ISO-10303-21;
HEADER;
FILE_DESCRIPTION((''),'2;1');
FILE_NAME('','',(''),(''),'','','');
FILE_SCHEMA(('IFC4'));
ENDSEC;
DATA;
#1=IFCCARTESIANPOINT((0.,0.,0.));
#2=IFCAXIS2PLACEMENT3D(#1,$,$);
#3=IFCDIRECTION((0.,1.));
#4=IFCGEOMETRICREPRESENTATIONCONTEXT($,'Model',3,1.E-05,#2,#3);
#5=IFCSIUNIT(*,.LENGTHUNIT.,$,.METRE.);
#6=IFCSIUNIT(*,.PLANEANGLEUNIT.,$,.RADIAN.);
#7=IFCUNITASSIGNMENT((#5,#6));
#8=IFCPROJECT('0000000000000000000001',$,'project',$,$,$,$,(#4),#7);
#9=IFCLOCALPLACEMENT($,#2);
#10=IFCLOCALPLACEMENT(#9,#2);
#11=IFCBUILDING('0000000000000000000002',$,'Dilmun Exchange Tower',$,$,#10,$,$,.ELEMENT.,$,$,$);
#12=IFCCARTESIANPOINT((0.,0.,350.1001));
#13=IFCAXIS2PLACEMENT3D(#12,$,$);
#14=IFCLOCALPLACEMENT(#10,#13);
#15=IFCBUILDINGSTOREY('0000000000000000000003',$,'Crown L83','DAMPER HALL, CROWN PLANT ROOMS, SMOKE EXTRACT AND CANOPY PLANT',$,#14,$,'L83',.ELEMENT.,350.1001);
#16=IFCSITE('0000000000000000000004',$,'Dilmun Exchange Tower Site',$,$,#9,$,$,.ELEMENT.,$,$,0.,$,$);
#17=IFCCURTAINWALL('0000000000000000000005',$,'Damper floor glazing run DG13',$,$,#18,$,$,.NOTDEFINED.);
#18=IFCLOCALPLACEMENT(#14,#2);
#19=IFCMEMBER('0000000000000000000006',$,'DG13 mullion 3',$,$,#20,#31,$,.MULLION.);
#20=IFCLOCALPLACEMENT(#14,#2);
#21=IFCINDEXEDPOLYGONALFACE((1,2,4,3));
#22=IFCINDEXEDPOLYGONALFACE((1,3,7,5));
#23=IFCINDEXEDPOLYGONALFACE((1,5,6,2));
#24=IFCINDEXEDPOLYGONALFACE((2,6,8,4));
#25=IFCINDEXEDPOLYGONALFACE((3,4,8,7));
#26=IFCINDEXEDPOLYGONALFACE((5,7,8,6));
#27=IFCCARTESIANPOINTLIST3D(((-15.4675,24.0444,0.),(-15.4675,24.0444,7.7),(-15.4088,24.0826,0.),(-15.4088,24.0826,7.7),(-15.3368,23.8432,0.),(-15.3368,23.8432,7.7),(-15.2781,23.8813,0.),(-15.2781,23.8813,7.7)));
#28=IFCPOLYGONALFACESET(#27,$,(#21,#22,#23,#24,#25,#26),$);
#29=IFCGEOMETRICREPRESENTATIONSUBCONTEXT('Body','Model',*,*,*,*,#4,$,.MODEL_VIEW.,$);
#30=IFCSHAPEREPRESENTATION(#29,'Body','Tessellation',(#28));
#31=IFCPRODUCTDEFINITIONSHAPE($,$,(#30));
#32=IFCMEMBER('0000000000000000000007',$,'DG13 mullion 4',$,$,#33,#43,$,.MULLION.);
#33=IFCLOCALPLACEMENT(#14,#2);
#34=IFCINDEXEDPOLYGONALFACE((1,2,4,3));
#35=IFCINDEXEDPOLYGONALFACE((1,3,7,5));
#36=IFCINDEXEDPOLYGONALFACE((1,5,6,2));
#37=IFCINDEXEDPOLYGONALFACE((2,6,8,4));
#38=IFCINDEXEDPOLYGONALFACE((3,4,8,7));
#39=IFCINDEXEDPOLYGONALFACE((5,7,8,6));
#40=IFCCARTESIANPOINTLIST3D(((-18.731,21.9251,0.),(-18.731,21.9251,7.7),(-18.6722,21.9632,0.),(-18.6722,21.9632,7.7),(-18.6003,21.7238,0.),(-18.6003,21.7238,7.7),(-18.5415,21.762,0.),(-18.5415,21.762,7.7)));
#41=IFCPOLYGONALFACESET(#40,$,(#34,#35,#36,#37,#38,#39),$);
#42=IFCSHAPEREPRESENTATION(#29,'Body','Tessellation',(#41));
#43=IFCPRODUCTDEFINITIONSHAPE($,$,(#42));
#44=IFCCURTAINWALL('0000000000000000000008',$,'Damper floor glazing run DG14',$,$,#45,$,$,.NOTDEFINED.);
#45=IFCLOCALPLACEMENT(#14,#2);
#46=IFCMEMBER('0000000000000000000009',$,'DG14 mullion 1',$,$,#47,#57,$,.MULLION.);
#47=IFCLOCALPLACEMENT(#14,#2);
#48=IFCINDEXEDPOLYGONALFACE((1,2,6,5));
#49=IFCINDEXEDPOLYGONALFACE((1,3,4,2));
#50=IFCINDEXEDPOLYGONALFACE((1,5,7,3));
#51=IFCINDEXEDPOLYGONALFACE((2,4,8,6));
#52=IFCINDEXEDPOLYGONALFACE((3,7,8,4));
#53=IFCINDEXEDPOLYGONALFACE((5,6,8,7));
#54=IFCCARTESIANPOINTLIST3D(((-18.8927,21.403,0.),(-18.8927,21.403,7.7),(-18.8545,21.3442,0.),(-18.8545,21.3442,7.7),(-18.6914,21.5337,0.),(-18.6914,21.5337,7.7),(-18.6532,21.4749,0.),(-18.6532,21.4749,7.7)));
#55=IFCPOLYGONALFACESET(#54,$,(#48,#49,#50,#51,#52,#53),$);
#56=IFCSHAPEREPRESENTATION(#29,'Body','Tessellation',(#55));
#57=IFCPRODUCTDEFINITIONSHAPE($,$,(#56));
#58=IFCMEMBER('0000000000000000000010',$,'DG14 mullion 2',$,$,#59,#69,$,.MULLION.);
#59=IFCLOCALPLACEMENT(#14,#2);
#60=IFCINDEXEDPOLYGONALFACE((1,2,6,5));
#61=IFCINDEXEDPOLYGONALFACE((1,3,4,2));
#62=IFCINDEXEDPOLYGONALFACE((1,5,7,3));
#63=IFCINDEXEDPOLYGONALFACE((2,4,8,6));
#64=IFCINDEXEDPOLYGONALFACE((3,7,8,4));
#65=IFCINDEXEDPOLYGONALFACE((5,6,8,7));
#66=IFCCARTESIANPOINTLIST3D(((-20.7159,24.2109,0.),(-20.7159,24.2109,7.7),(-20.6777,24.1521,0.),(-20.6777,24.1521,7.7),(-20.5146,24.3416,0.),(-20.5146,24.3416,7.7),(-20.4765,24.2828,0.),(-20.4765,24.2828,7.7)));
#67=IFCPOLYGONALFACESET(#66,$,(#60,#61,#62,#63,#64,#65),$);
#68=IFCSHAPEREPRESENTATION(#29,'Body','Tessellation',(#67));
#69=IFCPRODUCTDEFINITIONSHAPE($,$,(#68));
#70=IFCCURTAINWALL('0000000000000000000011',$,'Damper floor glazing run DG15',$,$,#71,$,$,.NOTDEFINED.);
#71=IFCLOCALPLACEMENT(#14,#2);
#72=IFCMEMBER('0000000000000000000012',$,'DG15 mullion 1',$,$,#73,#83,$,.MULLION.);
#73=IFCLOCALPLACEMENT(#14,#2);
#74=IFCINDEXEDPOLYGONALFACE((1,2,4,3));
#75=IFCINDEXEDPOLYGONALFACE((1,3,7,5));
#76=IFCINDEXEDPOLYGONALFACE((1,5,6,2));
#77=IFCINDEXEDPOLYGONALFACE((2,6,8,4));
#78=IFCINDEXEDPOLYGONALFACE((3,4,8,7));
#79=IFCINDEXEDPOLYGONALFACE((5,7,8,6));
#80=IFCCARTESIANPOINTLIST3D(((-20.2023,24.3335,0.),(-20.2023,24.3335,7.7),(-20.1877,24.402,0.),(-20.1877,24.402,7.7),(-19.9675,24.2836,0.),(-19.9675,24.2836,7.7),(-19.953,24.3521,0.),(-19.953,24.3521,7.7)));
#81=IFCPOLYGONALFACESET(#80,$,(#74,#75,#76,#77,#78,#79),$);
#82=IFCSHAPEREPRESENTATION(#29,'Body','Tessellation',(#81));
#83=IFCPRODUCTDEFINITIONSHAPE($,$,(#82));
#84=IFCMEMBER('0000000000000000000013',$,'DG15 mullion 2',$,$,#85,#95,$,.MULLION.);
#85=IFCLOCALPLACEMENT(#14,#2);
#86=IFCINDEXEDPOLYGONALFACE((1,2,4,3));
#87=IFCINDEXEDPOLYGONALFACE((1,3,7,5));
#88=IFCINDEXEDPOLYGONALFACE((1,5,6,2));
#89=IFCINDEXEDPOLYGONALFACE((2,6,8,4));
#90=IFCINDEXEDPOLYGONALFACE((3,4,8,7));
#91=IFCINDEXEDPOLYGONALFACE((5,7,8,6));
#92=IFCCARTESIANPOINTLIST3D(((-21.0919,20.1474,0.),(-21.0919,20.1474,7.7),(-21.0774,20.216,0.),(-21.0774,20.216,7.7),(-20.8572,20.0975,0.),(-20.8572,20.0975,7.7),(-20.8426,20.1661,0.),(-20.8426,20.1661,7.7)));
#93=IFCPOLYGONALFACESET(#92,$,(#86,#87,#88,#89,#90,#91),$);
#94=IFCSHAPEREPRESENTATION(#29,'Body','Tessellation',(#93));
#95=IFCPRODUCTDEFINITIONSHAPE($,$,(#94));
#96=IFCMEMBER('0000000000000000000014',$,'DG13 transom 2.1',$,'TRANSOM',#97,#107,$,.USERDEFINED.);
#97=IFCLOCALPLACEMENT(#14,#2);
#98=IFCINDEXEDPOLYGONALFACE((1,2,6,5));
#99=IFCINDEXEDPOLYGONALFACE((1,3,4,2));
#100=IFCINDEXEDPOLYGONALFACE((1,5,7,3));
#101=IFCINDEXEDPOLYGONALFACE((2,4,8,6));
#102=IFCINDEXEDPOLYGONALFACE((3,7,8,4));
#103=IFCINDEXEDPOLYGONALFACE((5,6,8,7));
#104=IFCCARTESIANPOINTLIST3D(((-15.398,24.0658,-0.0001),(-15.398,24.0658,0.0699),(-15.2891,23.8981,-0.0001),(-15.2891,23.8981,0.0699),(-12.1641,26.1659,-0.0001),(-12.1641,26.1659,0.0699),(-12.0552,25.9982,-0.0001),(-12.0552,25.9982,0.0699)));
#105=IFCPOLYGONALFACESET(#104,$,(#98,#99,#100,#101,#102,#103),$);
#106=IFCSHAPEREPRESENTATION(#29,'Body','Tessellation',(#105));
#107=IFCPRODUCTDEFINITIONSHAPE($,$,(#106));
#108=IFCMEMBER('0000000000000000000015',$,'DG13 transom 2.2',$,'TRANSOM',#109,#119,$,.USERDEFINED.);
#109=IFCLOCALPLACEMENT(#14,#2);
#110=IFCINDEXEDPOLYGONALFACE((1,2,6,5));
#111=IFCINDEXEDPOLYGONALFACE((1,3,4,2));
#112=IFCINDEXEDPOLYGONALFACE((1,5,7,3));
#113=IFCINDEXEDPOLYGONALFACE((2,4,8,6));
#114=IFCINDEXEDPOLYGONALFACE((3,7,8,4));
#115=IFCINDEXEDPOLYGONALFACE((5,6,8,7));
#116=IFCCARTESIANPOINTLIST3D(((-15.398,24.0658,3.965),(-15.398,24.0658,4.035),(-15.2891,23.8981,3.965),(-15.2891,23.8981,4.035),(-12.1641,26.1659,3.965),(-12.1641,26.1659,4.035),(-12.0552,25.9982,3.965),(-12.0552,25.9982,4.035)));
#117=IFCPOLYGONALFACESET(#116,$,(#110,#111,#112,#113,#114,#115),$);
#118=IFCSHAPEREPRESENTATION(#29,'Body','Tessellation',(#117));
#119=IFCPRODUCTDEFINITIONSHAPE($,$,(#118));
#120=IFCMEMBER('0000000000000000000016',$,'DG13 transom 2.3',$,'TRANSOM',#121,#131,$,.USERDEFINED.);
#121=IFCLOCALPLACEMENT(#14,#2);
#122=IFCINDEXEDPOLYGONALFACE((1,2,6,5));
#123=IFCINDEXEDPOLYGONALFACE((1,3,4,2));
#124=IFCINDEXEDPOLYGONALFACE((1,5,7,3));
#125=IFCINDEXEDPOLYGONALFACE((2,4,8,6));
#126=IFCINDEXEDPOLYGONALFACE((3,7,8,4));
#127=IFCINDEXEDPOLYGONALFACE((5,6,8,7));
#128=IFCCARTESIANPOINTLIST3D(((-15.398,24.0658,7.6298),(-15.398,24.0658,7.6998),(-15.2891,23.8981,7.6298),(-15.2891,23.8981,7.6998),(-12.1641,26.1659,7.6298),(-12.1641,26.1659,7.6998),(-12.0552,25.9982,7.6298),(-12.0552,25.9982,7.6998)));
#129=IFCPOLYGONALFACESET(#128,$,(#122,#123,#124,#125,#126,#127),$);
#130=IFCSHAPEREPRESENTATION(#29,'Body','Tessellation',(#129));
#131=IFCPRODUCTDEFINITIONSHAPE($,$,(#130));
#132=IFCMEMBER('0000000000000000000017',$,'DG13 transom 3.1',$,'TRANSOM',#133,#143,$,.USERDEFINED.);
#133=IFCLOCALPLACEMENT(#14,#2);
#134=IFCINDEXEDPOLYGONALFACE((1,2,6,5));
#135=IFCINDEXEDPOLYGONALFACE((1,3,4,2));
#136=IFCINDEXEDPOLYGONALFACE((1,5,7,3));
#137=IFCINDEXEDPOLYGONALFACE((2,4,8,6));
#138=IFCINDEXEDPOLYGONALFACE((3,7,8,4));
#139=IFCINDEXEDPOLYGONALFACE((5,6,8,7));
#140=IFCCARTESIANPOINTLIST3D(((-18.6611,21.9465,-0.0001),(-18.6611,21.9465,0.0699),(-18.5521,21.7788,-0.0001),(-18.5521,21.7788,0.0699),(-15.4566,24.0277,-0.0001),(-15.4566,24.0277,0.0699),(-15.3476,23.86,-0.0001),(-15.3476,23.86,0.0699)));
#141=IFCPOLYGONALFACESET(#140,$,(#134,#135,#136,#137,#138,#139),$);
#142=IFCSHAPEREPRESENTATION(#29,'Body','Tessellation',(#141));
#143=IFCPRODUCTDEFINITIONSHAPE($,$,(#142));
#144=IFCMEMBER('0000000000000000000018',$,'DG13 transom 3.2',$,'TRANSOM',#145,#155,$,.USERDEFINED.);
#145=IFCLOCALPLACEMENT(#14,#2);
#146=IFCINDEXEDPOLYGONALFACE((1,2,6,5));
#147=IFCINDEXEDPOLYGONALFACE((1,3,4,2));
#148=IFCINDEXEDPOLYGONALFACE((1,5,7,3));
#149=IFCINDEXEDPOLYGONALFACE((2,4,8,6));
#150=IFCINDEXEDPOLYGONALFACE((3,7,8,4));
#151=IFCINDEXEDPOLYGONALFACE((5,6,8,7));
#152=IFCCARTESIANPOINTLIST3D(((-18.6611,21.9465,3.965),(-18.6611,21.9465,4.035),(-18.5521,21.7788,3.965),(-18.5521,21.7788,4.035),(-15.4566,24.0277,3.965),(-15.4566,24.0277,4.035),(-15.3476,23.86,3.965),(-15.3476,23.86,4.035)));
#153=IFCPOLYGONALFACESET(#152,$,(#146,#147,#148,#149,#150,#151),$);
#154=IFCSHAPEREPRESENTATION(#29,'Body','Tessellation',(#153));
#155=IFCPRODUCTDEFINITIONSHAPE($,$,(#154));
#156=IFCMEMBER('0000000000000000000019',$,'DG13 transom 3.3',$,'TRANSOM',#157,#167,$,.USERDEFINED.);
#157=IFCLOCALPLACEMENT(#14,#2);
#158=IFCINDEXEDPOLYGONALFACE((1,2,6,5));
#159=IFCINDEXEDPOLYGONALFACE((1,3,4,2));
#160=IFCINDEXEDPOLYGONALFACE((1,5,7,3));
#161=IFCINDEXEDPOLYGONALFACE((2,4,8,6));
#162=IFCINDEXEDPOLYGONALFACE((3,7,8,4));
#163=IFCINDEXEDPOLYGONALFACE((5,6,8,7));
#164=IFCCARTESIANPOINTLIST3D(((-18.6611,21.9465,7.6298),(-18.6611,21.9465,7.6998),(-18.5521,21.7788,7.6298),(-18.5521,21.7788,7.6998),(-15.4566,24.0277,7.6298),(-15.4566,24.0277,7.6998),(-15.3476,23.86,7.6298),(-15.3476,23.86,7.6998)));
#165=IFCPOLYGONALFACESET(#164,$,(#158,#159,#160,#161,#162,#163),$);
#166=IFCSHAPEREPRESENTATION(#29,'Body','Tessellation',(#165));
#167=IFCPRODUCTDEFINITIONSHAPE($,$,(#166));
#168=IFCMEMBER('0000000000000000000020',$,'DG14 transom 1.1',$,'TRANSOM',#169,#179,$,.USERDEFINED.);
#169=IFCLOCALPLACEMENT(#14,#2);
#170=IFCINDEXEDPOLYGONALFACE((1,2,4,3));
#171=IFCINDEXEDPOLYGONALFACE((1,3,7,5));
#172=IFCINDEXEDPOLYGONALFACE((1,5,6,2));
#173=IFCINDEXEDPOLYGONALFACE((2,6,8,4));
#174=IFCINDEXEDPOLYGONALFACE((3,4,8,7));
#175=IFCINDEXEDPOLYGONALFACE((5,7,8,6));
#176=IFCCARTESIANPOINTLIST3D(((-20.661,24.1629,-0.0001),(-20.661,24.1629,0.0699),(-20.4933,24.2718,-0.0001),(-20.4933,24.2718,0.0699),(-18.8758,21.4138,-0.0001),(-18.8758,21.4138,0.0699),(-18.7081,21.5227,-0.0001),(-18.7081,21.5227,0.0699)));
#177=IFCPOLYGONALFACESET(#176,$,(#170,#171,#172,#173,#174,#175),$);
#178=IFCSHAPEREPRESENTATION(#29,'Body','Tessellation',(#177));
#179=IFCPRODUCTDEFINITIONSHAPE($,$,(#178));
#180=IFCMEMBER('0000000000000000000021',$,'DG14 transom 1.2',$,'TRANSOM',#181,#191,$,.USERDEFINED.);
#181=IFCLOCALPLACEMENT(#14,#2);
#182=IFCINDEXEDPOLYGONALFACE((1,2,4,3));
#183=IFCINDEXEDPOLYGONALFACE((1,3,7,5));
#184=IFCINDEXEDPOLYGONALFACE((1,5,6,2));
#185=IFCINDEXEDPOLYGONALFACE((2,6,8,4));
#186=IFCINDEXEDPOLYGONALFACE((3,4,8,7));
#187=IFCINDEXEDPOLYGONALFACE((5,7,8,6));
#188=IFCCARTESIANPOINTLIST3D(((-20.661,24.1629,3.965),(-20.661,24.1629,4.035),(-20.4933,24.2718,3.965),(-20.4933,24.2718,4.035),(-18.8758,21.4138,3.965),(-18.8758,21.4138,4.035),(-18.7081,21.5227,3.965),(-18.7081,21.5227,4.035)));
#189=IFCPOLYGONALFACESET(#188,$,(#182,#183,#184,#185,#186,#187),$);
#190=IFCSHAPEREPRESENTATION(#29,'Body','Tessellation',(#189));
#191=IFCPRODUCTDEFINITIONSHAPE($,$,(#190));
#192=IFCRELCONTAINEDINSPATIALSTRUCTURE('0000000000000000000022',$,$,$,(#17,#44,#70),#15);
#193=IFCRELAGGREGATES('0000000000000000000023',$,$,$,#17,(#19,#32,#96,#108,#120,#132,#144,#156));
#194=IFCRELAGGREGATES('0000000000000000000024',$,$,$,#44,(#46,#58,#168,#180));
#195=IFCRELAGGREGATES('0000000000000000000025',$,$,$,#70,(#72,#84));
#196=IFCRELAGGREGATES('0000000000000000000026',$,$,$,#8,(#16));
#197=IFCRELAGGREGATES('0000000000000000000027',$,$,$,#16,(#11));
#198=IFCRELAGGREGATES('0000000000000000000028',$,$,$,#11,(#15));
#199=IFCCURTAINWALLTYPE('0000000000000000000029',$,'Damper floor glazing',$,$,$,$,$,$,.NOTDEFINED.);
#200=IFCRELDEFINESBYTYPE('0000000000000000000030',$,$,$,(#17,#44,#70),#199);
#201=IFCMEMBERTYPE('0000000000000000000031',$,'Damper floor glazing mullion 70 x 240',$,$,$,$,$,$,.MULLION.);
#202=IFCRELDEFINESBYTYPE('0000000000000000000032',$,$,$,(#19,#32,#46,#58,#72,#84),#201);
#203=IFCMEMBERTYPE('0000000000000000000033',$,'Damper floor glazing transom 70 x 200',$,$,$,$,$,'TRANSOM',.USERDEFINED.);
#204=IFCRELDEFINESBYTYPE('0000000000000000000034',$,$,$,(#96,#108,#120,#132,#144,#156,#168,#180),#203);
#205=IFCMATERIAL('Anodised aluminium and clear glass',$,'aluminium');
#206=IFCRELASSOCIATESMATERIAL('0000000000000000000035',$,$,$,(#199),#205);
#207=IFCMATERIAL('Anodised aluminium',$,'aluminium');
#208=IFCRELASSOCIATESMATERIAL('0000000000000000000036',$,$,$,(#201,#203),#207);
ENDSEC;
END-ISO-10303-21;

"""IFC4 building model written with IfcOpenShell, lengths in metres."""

from ifc_helpers import new_model, si_unit, direction, frame, origin, origin_2d, place, context, subcontext, project, spatial, rectangle, extrude, material, material_profile, profile_set, type_object, element, aggregate, save


model = new_model("IFC4")

# Units and contexts
model_context = context("Model", 3, precision=1e-05, world=origin(), true_north=direction((0.0, 1.0)))
body_context = subcontext(model_context, "Body", "Model", "MODEL_VIEW")
ifc_project = project(units=[si_unit("LENGTHUNIT", "METRE"), si_unit("PLANEANGLEUNIT", "RADIAN")], contexts=[model_context])

# Site, building, storey
site_placement = place(None, origin())
site = spatial("IfcSite", under=ifc_project, at=site_placement, Name="Dilmun Exchange Tower Site", CompositionType="ELEMENT", RefElevation=0.0)
building_placement = place(site_placement, origin())
building = spatial("IfcBuilding", under=site, at=building_placement, Name="Dilmun Exchange Tower", CompositionType="ELEMENT")
storey_placement = place(building_placement, frame((0.0, 0.0, 350.1001)))
storey = spatial("IfcBuildingStorey", under=building, at=storey_placement, Name="Crown L83", Description="DAMPER HALL, CROWN PLANT ROOMS, SMOKE EXTRACT AND CANOPY PLANT", LongName="L83", CompositionType="ELEMENT", Elevation=350.1001)

# Curtain walls, members
ifc_material_1 = material(Name="Anodised aluminium and clear glass", Category="aluminium")
curtain_wall_type = type_object("IfcCurtainWallType", Name="Damper floor glazing", PredefinedType="NOTDEFINED", material=ifc_material_1)
curtain_wall_1_placement = place(storey_placement, origin())
curtain_wall_1 = element("IfcCurtainWall", 1, at=curtain_wall_1_placement, inside=storey, type_object=curtain_wall_type, Name="Damper floor glazing run DG13", PredefinedType="NOTDEFINED")
ifc_material_2 = material(Name="Anodised aluminium", Category="aluminium")
ifc_material_profile_1 = material_profile(ifc_material_2, rectangle(XDim=0.24, YDim=0.0701, at=origin_2d()), Name="AL 70x240")
ifc_profile_set_1 = profile_set([ifc_material_profile_1], Name="Anodised aluminium")
member_type_1 = type_object("IfcMemberType", Name="Damper floor glazing mullion 70 x 240", PredefinedType="MULLION", material=ifc_profile_set_1)
member_1_placement = place(storey_placement, frame((-15.3728, 23.9629, 0.0), z_axis=(0.0, 0.0, 1.0), x_axis=(0.544642, -0.838669, 0.0)))
member_1 = element("IfcMember", 2, at=member_1_placement, type_object=member_type_1, Name="DG13 mullion 3", PredefinedType="MULLION", context=body_context, shape_type="SweptSolid", body=[
    extrude(rectangle(XDim=0.24, YDim=0.0701, at=origin_2d()), origin(), (0.0, 0.0, 1.0), 7.7),
])
member_2_placement = place(storey_placement, frame((-18.6362, 21.8435, 0.0), z_axis=(0.0, 0.0, 1.0), x_axis=(0.544642, -0.838669, 0.0)))
member_2 = element("IfcMember", 3, at=member_2_placement, type_object=member_type_1, Name="DG13 mullion 4", PredefinedType="MULLION", context=body_context, shape_type="SweptSolid", body=[
    extrude(rectangle(XDim=0.24, YDim=0.0701, at=origin_2d()), origin(), (0.0, 0.0, 1.0), 7.7),
])
curtain_wall_2_placement = place(storey_placement, origin())
curtain_wall_2 = element("IfcCurtainWall", 4, at=curtain_wall_2_placement, inside=storey, type_object=curtain_wall_type, Name="Damper floor glazing run DG14", PredefinedType="NOTDEFINED")
member_3_placement = place(storey_placement, frame((-18.7729, 21.439, 0.0), z_axis=(0.0, 0.0, 1.0), x_axis=(-0.838683, -0.54462, 0.0)))
member_3 = element("IfcMember", 5, at=member_3_placement, type_object=member_type_1, Name="DG14 mullion 1", PredefinedType="MULLION", context=body_context, shape_type="SweptSolid", body=[
    extrude(rectangle(XDim=0.24, YDim=0.0701, at=origin_2d()), origin(), (0.0, 0.0, 1.0), 7.7),
])
member_4_placement = place(storey_placement, frame((-20.5962, 24.2468, 0.0), z_axis=(0.0, 0.0, 1.0), x_axis=(-0.838683, -0.54462, 0.0)))
member_4 = element("IfcMember", 6, at=member_4_placement, type_object=member_type_1, Name="DG14 mullion 2", PredefinedType="MULLION", context=body_context, shape_type="SweptSolid", body=[
    extrude(rectangle(XDim=0.24, YDim=0.0701, at=origin_2d()), origin(), (0.0, 0.0, 1.0), 7.7),
])
curtain_wall_3_placement = place(storey_placement, origin())
curtain_wall_3 = element("IfcCurtainWall", 7, at=curtain_wall_3_placement, inside=storey, type_object=curtain_wall_type, Name="Damper floor glazing run DG15", PredefinedType="NOTDEFINED")
member_5_placement = place(storey_placement, frame((-20.0776, 24.3428, 0.0), z_axis=(0.0, 0.0, 1.0), x_axis=(0.978147, -0.207912, 0.0)))
member_5 = element("IfcMember", 8, at=member_5_placement, type_object=member_type_1, Name="DG15 mullion 1", PredefinedType="MULLION", context=body_context, shape_type="SweptSolid", body=[
    extrude(rectangle(XDim=0.24, YDim=0.0701, at=origin_2d()), origin(), (0.0, 0.0, 1.0), 7.7),
])
member_6_placement = place(storey_placement, frame((-20.9673, 20.1567, 0.0), z_axis=(0.0, 0.0, 1.0), x_axis=(0.978147, -0.207912, 0.0)))
member_6 = element("IfcMember", 9, at=member_6_placement, type_object=member_type_1, Name="DG15 mullion 2", PredefinedType="MULLION", context=body_context, shape_type="SweptSolid", body=[
    extrude(rectangle(XDim=0.24, YDim=0.0701, at=origin_2d()), origin(), (0.0, 0.0, 1.0), 7.7),
])

# Members
ifc_material_profile_2 = material_profile(ifc_material_2, rectangle(XDim=0.2, YDim=0.0701, at=origin_2d()), Name="AL 70x200")
ifc_profile_set_2 = profile_set([ifc_material_profile_2], Name="Anodised aluminium")
member_type_2 = type_object("IfcMemberType", Name="Damper floor glazing transom 70 x 200", ElementType="TRANSOM", PredefinedType="USERDEFINED", material=ifc_profile_set_2)
member_7_placement = place(storey_placement, frame((-12.1096, 26.082, 0.0349), z_axis=(-0.838672, -0.544637, 0.0), x_axis=(0.544637, -0.838672, 0.0)))
member_7 = element("IfcMember", 10, at=member_7_placement, type_object=member_type_2, Name="DG13 transom 2.1", ObjectType="TRANSOM", PredefinedType="USERDEFINED", context=body_context, shape_type="SweptSolid", body=[
    extrude(rectangle(XDim=0.2, YDim=0.0701, at=origin_2d()), origin(), (0.0, 0.0, 1.0), 3.856),
])
member_8_placement = place(storey_placement, frame((-12.1096, 26.082, 4.0), z_axis=(-0.838672, -0.544637, 0.0), x_axis=(0.544637, -0.838672, 0.0)))
member_8 = element("IfcMember", 11, at=member_8_placement, type_object=member_type_2, Name="DG13 transom 2.2", ObjectType="TRANSOM", PredefinedType="USERDEFINED", context=body_context, shape_type="SweptSolid", body=[
    extrude(rectangle(XDim=0.2, YDim=0.0701, at=origin_2d()), origin(), (0.0, 0.0, 1.0), 3.856),
])
member_9_placement = place(storey_placement, frame((-12.1096, 26.082, 7.6648), z_axis=(-0.838672, -0.544637, 0.0), x_axis=(0.544637, -0.838672, 0.0)))
member_9 = element("IfcMember", 12, at=member_9_placement, type_object=member_type_2, Name="DG13 transom 2.3", ObjectType="TRANSOM", PredefinedType="USERDEFINED", context=body_context, shape_type="SweptSolid", body=[
    extrude(rectangle(XDim=0.2, YDim=0.0701, at=origin_2d()), origin(), (0.0, 0.0, 1.0), 3.856),
])
member_10_placement = place(storey_placement, frame((-15.4021, 23.9438, 0.0349), z_axis=(-0.838645, -0.544678, 0.0), x_axis=(0.544678, -0.838645, 0.0)))
member_10 = element("IfcMember", 13, at=member_10_placement, type_object=member_type_2, Name="DG13 transom 3.1", ObjectType="TRANSOM", PredefinedType="USERDEFINED", context=body_context, shape_type="SweptSolid", body=[
    extrude(rectangle(XDim=0.2, YDim=0.0701, at=origin_2d()), origin(), (0.0, 0.0, 1.0), 3.821),
])
member_11_placement = place(storey_placement, frame((-15.4021, 23.9438, 4.0), z_axis=(-0.838645, -0.544678, 0.0), x_axis=(0.544678, -0.838645, 0.0)))
member_11 = element("IfcMember", 14, at=member_11_placement, type_object=member_type_2, Name="DG13 transom 3.2", ObjectType="TRANSOM", PredefinedType="USERDEFINED", context=body_context, shape_type="SweptSolid", body=[
    extrude(rectangle(XDim=0.2, YDim=0.0701, at=origin_2d()), origin(), (0.0, 0.0, 1.0), 3.821),
])
member_12_placement = place(storey_placement, frame((-15.4021, 23.9438, 7.6648), z_axis=(-0.838645, -0.544678, 0.0), x_axis=(0.544678, -0.838645, 0.0)))
member_12 = element("IfcMember", 15, at=member_12_placement, type_object=member_type_2, Name="DG13 transom 3.3", ObjectType="TRANSOM", PredefinedType="USERDEFINED", context=body_context, shape_type="SweptSolid", body=[
    extrude(rectangle(XDim=0.2, YDim=0.0701, at=origin_2d()), origin(), (0.0, 0.0, 1.0), 3.821),
])
member_13_placement = place(storey_placement, frame((-18.792, 21.4683, 0.0349), z_axis=(-0.544622, 0.838682, 0.0), x_axis=(-0.838682, -0.544622, 0.0)))
member_13 = element("IfcMember", 16, at=member_13_placement, type_object=member_type_2, Name="DG14 transom 1.1", ObjectType="TRANSOM", PredefinedType="USERDEFINED", context=body_context, shape_type="SweptSolid", body=[
    extrude(rectangle(XDim=0.2, YDim=0.0701, at=origin_2d()), origin(), (0.0, 0.0, 1.0), 3.2778),
])
member_14_placement = place(storey_placement, frame((-18.792, 21.4683, 4.0), z_axis=(-0.544622, 0.838682, 0.0), x_axis=(-0.838682, -0.544622, 0.0)))
member_14 = element("IfcMember", 17, at=member_14_placement, type_object=member_type_2, Name="DG14 transom 1.2", ObjectType="TRANSOM", PredefinedType="USERDEFINED", context=body_context, shape_type="SweptSolid", body=[
    extrude(rectangle(XDim=0.2, YDim=0.0701, at=origin_2d()), origin(), (0.0, 0.0, 1.0), 3.2778),
])

aggregate(curtain_wall_1, [member_1, member_2, member_7, member_8, member_9, member_10, member_11, member_12])
aggregate(curtain_wall_2, [member_3, member_4, member_13, member_14])
aggregate(curtain_wall_3, [member_5, member_6])

save(model, "model.ifc")
